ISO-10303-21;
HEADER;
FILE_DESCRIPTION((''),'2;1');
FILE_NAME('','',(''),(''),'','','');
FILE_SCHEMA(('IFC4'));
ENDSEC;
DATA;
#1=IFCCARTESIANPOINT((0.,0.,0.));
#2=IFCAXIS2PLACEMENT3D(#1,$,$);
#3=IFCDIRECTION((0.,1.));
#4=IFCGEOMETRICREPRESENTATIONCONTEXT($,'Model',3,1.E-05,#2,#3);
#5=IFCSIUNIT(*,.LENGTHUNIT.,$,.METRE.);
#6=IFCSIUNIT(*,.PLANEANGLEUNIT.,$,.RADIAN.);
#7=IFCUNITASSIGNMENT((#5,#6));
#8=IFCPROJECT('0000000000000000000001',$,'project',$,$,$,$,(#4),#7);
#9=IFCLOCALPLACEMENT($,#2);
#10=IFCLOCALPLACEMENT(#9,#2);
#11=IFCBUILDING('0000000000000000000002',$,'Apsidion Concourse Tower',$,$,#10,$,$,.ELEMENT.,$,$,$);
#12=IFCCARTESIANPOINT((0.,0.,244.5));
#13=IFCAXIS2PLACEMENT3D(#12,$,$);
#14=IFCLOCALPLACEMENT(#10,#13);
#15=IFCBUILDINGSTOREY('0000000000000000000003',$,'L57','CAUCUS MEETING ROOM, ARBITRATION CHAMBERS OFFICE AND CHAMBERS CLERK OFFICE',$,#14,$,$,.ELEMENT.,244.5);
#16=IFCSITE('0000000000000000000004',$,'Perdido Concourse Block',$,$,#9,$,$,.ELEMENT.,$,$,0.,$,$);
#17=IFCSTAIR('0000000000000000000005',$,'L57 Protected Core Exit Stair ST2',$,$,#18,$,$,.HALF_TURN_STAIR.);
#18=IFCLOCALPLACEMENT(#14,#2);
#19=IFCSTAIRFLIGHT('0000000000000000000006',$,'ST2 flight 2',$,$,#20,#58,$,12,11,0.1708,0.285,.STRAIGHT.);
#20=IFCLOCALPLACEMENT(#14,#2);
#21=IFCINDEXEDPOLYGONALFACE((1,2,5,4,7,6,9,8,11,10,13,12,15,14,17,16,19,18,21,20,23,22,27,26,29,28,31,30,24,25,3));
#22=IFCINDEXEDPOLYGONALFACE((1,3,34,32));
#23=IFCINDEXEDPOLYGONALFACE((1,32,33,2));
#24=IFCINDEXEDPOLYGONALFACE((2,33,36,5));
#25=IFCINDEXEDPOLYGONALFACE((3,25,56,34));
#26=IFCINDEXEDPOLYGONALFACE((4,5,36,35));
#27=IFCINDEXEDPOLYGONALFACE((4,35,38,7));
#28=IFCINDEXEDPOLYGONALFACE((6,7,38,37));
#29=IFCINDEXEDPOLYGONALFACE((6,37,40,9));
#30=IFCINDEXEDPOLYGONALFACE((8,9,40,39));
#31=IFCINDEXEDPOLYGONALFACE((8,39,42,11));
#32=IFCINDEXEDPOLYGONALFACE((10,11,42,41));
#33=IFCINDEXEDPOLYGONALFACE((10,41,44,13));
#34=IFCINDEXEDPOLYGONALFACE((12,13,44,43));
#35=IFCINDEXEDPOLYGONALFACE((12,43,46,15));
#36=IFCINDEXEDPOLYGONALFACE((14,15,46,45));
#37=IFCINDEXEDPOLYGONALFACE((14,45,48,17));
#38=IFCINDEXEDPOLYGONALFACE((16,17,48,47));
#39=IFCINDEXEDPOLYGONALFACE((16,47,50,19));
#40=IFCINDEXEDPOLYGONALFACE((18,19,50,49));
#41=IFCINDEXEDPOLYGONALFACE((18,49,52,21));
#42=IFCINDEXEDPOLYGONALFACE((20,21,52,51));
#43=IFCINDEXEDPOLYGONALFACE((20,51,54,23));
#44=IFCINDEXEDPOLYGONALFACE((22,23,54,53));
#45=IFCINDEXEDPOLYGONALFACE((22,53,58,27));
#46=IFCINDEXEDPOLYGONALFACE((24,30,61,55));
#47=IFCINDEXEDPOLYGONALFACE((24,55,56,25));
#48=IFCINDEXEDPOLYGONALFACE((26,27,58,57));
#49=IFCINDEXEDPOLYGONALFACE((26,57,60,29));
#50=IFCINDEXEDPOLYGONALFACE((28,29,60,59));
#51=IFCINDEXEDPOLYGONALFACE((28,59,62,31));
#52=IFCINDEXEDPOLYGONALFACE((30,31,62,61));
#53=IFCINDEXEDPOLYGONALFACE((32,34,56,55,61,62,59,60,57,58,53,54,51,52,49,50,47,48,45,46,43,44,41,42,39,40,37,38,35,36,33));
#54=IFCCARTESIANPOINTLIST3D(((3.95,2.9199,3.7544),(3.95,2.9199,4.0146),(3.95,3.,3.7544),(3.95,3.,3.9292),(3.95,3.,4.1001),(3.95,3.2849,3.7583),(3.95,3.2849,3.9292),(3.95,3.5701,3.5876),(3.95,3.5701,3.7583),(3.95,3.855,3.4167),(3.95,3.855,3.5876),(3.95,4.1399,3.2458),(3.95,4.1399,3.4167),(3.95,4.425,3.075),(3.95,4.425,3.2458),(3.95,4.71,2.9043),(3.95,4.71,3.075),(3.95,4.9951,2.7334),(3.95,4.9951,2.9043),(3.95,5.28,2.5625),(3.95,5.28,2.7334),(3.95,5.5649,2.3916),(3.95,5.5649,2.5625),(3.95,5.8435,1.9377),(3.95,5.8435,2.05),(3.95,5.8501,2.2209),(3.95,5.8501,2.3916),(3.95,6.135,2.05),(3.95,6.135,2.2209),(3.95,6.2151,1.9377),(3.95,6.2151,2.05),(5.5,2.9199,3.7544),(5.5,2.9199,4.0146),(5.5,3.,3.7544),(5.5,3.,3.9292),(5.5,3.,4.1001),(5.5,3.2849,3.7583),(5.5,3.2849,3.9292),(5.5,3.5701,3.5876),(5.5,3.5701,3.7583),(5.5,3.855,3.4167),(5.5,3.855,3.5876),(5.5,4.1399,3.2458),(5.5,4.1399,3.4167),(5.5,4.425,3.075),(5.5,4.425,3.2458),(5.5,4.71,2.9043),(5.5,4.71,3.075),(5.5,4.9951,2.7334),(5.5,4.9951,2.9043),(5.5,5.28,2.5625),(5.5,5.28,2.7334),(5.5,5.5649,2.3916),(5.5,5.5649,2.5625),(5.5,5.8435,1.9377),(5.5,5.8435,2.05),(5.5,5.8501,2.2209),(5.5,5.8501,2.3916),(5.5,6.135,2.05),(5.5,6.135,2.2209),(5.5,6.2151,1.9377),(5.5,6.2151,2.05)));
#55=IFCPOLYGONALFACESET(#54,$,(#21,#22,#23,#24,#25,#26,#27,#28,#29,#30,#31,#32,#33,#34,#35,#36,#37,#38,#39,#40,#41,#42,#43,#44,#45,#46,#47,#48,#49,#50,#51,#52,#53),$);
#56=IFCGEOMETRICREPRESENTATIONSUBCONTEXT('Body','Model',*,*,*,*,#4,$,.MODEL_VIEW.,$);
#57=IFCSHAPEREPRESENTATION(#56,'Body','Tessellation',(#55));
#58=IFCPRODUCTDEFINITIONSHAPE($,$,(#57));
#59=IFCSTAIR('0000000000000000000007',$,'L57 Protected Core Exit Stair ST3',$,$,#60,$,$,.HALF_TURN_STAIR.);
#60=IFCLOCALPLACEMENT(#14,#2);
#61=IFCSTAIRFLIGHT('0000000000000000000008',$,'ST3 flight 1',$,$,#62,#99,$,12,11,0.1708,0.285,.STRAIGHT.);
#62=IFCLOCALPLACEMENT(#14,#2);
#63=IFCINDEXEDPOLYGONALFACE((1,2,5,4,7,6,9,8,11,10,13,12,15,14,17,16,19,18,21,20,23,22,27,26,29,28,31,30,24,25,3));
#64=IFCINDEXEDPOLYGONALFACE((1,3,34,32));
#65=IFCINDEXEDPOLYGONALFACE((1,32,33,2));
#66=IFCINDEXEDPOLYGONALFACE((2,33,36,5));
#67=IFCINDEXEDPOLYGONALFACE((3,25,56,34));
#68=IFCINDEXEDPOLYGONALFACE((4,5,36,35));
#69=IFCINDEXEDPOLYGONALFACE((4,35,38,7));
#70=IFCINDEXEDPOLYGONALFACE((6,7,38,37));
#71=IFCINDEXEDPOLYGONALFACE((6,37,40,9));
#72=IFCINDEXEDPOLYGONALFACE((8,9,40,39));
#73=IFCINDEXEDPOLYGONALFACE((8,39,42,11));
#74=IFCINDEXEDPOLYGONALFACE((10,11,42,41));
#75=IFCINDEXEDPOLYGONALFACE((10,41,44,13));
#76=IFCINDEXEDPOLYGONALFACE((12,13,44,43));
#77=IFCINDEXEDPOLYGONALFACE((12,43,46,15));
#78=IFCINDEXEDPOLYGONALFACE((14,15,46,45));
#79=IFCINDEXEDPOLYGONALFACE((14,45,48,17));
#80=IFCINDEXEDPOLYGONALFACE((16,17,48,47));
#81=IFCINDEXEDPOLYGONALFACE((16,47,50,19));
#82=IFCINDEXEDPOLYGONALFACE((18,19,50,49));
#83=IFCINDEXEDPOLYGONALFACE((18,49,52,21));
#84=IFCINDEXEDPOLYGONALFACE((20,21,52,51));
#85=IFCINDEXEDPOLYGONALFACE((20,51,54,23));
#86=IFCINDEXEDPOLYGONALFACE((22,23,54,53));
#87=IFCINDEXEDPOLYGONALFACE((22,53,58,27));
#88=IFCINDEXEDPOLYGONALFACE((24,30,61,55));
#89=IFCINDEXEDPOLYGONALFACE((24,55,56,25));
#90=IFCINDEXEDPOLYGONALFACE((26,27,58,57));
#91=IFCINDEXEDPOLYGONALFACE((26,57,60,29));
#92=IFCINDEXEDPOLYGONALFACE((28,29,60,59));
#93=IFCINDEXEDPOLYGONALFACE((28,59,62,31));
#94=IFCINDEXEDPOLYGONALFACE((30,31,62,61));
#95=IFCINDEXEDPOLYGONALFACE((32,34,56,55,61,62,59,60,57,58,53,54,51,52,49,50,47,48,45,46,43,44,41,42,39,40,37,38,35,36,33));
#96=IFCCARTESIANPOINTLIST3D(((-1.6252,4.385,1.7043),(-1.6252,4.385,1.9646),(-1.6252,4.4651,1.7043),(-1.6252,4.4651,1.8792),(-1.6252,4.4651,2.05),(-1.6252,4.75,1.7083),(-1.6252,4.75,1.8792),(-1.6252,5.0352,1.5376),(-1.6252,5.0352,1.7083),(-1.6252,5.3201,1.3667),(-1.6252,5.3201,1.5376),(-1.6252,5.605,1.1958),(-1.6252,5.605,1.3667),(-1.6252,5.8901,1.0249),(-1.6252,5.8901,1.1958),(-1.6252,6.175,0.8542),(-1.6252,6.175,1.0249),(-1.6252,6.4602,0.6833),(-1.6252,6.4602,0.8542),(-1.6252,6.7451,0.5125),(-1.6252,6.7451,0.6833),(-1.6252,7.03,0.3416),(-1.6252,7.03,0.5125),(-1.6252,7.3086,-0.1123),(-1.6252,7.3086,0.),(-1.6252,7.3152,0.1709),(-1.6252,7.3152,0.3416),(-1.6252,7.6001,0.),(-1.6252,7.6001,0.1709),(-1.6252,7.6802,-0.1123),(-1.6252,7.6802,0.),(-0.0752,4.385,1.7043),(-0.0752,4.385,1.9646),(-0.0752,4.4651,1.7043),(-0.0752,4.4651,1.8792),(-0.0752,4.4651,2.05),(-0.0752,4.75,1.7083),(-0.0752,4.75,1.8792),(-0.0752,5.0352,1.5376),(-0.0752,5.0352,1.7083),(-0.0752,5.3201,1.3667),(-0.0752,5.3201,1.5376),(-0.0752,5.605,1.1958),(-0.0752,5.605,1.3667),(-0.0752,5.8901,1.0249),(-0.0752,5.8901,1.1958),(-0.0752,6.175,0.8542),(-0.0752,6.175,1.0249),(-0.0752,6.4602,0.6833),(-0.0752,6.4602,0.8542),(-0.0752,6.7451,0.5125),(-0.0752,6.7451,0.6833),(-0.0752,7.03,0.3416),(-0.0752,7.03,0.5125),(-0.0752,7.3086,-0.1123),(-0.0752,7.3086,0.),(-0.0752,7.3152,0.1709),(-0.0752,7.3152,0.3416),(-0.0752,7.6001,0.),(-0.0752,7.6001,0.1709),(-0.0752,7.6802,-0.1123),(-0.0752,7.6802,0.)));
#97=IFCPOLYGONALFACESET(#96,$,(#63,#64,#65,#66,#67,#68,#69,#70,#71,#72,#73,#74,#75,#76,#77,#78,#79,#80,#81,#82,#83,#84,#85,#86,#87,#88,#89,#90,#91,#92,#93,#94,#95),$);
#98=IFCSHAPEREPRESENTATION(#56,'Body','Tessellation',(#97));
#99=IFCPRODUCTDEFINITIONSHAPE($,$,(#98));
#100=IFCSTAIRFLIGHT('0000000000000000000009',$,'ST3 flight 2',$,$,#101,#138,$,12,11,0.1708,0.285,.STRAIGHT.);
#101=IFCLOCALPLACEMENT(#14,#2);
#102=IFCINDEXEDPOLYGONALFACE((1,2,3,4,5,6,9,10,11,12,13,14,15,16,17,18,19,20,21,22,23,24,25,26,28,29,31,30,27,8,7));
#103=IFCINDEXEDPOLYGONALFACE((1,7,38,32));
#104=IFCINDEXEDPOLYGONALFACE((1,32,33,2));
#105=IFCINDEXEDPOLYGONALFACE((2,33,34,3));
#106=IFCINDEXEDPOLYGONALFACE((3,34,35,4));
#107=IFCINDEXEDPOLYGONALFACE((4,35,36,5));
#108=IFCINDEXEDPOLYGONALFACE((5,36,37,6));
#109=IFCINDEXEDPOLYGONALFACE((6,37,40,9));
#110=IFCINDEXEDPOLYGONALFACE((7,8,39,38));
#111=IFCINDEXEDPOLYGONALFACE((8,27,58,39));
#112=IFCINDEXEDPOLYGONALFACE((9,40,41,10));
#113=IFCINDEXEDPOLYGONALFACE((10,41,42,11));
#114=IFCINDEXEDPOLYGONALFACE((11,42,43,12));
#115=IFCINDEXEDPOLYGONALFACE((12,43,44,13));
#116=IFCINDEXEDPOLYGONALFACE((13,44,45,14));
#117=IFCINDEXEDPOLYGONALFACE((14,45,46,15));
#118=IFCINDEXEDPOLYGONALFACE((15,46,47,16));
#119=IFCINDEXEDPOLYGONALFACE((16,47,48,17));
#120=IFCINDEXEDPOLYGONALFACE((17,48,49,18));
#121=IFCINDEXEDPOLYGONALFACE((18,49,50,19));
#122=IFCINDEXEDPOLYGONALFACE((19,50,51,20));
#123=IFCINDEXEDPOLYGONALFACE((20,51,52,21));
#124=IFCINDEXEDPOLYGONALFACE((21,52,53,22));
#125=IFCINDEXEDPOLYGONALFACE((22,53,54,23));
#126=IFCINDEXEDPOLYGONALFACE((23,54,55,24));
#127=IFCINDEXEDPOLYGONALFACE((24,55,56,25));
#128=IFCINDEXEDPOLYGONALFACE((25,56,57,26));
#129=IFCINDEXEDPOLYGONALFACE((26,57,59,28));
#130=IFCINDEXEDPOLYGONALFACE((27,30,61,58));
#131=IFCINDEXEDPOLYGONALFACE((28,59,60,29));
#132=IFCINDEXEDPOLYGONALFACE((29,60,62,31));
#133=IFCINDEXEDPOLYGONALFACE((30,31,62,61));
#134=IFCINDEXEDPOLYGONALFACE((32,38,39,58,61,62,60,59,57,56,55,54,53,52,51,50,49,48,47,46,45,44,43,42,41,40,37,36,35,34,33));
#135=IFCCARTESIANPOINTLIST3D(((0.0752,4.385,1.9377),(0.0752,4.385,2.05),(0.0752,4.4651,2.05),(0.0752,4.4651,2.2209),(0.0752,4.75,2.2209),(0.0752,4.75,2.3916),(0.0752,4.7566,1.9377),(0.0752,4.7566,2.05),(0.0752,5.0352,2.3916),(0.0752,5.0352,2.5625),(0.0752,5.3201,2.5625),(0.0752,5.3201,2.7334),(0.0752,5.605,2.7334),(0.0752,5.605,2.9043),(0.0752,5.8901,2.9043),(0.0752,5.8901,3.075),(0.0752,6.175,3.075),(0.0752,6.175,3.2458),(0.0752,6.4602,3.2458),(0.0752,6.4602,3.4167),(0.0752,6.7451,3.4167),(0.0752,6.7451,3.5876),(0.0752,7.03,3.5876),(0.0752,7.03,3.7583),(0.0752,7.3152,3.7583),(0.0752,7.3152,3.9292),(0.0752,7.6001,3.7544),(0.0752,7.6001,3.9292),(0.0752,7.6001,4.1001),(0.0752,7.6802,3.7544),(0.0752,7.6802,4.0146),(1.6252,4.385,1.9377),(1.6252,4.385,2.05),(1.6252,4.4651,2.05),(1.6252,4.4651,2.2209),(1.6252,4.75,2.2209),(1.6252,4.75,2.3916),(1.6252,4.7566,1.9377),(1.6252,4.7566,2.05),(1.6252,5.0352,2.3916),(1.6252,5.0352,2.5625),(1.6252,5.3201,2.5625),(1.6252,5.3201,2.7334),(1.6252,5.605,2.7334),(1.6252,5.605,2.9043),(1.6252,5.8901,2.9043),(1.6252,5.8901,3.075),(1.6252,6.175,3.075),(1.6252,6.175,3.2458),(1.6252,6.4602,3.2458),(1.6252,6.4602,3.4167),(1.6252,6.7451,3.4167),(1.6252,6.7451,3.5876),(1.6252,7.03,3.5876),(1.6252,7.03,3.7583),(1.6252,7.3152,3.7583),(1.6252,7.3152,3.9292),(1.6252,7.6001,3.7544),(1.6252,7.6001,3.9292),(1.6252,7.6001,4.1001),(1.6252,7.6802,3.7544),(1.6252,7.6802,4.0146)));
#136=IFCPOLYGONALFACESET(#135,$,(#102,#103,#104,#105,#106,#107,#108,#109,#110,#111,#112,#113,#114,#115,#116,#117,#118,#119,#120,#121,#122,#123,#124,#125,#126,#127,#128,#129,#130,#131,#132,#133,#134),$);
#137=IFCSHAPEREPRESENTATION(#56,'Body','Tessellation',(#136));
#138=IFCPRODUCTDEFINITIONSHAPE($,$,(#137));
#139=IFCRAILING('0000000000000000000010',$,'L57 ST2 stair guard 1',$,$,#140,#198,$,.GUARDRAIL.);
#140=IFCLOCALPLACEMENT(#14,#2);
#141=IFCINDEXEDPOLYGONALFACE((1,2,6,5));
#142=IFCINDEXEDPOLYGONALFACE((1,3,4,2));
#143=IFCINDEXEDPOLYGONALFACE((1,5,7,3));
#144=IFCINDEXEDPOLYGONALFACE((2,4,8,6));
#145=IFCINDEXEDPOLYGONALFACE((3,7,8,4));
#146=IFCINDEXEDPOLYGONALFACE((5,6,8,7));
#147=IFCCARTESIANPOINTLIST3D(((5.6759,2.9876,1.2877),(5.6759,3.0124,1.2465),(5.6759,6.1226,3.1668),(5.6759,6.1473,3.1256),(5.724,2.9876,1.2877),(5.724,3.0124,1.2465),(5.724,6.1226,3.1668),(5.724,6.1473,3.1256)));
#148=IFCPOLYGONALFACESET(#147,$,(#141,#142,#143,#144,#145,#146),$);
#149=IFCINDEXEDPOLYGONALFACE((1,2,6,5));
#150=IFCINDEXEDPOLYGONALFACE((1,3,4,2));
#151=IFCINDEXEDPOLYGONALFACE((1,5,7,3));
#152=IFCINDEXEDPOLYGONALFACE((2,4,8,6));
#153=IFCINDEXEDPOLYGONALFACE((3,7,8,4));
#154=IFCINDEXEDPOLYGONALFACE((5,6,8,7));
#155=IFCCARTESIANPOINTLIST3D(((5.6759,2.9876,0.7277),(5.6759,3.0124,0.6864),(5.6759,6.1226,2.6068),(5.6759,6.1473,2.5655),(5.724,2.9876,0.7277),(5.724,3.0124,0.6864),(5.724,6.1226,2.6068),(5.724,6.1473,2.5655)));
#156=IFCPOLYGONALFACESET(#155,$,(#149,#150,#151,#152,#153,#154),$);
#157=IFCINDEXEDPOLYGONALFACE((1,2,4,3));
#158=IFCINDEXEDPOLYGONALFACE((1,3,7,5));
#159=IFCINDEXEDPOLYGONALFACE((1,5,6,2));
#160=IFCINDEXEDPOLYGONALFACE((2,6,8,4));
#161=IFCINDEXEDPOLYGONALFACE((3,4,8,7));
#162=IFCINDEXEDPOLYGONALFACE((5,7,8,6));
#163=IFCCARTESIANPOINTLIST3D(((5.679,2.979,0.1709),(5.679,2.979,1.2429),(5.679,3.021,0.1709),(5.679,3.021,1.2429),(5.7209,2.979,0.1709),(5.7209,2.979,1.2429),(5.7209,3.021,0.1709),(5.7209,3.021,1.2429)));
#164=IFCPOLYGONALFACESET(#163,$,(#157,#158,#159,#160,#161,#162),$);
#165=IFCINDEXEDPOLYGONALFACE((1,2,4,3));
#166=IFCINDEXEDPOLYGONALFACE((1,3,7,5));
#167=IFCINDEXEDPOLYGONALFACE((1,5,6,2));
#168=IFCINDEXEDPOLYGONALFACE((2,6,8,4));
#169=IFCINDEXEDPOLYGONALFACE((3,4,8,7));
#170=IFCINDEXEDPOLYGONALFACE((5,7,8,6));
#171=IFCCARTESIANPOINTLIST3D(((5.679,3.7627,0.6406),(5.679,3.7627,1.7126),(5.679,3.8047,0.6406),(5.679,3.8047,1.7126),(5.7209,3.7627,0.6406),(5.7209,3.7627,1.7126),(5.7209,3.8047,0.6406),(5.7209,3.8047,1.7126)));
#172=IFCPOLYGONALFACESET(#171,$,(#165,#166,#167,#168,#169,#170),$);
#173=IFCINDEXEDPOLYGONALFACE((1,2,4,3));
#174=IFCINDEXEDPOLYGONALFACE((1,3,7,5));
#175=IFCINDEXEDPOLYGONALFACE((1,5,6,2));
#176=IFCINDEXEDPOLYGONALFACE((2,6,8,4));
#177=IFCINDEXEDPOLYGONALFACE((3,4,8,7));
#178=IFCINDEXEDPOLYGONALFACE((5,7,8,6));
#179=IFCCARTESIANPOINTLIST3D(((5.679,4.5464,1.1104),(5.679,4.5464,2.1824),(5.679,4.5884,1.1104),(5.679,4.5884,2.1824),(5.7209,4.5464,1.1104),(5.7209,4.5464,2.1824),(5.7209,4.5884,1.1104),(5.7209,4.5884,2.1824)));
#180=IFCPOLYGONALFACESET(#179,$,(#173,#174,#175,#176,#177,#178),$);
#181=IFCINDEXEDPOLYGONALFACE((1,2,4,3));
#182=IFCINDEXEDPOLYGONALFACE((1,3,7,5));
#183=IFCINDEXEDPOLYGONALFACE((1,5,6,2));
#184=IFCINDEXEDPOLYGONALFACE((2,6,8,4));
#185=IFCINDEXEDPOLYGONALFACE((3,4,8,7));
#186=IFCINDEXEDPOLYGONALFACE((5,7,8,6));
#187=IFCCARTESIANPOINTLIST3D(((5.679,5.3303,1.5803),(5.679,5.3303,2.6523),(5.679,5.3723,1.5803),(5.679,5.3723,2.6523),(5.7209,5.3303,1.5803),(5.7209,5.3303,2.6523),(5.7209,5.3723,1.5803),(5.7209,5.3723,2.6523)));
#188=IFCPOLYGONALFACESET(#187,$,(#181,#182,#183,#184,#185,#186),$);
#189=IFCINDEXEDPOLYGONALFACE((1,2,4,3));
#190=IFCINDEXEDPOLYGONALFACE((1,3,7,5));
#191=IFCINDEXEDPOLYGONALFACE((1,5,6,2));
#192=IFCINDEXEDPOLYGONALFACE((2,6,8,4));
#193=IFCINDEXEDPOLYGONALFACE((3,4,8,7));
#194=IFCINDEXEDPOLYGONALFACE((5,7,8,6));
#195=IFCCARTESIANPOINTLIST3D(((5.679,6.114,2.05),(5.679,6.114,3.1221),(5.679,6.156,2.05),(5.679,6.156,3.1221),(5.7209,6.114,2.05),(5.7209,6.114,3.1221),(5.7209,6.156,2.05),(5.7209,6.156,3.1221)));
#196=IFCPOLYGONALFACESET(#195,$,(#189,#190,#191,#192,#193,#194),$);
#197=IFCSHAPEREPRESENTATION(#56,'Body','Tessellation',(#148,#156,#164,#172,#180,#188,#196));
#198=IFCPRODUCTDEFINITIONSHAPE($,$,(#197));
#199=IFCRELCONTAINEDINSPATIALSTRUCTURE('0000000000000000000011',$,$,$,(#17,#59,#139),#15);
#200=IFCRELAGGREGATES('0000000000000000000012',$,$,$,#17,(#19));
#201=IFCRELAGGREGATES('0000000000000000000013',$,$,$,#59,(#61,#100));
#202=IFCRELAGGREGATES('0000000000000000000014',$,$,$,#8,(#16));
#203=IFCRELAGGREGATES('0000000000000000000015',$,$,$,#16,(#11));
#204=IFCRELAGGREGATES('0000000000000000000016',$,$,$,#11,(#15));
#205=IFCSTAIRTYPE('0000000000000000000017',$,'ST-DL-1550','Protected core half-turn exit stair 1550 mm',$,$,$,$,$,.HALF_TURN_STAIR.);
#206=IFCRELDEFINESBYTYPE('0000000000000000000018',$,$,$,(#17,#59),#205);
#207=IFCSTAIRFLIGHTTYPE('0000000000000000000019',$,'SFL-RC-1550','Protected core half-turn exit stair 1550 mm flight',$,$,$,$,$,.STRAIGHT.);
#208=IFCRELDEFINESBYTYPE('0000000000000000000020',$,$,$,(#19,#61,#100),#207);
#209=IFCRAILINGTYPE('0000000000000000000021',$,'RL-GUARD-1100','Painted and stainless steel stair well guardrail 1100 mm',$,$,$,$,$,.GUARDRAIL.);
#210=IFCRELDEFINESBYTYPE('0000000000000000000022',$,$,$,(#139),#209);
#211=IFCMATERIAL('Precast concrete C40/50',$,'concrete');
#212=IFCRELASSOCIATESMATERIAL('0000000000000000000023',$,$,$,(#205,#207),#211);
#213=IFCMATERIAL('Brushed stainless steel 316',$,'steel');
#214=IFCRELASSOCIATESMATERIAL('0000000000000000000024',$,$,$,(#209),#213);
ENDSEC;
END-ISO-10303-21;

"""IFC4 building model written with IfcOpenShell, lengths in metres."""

from ifc_helpers import new_model, si_unit, direction, frame, origin, origin_2d, place, context, subcontext, project, spatial, polyline, rectangle, outline, extrude, material, type_object, element, aggregate, save


model = new_model("IFC4")

# Units and contexts
model_context = context("Model", 3, precision=1e-05, world=origin(), true_north=direction((0.0, 1.0)))
body_context = subcontext(model_context, "Body", "Model", "MODEL_VIEW")
ifc_project = project(units=[si_unit("LENGTHUNIT", "METRE"), si_unit("PLANEANGLEUNIT", "RADIAN")], contexts=[model_context])

# Site, building, storey
site_placement = place(None, origin())
site = spatial("IfcSite", under=ifc_project, at=site_placement, Name="Perdido Concourse Block", CompositionType="ELEMENT", RefElevation=0.0)
building_placement = place(site_placement, origin())
building = spatial("IfcBuilding", under=site, at=building_placement, Name="Apsidion Concourse Tower", CompositionType="ELEMENT")
storey_placement = place(building_placement, frame((0.0, 0.0, 244.5)))
storey = spatial("IfcBuildingStorey", under=building, at=storey_placement, Name="L57", Description="CAUCUS MEETING ROOM, ARBITRATION CHAMBERS OFFICE AND CHAMBERS CLERK OFFICE", CompositionType="ELEMENT", Elevation=244.5)

# Stairs, stair flights
ifc_material_1 = material(Name="Precast concrete C40/50", Category="concrete")
stair_type = type_object("IfcStairType", Name="ST-DL-1550", Description="Protected core half-turn exit stair 1550 mm", PredefinedType="HALF_TURN_STAIR", material=ifc_material_1)
stair_1_placement = place(storey_placement, origin())
stair_1 = element("IfcStair", 1, at=stair_1_placement, inside=storey, type_object=stair_type, Name="L57 Protected Core Exit Stair ST2", PredefinedType="HALF_TURN_STAIR")
stair_flight_type = type_object("IfcStairFlightType", Name="SFL-RC-1550", Description="Protected core half-turn exit stair 1550 mm flight", PredefinedType="STRAIGHT", material=ifc_material_1)
stair_flight_1_placement = place(storey_placement, frame((4.7251, 6.135, 2.05), z_axis=(0.0, 0.0, 1.0), x_axis=(0.0, -1.0, 0.0)))
stair_flight_1 = element("IfcStairFlight", 2, at=stair_flight_1_placement, type_object=stair_flight_type, Name="ST2 flight 2", NumberOfRisers=12, NumberOfTreads=11, PredefinedType="STRAIGHT", RiserHeight=0.1708, TreadLength=0.285, context=body_context, shape_type="SweptSolid", body=[
    extrude(outline(polyline([(-0.0801, -0.1123), (-0.0801, 0.0), (0.0, 0.0), (0.0, 0.1709), (0.2849, 0.1709), (0.2849, 0.3416), (0.5701, 0.3416), (0.5701, 0.5125), (0.855, 0.5125), (0.855, 0.6833), (1.1399, 0.6833), (1.1399, 0.8542), (1.425, 0.8542), (1.425, 1.0249), (1.71, 1.0249), (1.71, 1.1958), (1.9951, 1.1958), (1.9951, 1.3667), (2.28, 1.3667), (2.28, 1.5376), (2.5649, 1.5376), (2.5649, 1.7083), (2.8501, 1.7083), (2.8501, 1.8792), (3.135, 1.8792), (3.135, 2.05), (3.2151, 1.9646), (3.2151, 1.7043), (3.135, 1.7043), (0.2915, 0.0), (0.2915, -0.1123), (-0.0801, -0.1123)])), frame((0.0, 0.7749, 0.0), z_axis=(0.0, -1.0, 0.0), x_axis=(1.0, 0.0, 0.0)), (0.0, 0.0, 1.0), 1.55),
])
aggregate(stair_1, [stair_flight_1])
stair_2_placement = place(storey_placement, origin())
stair_2 = element("IfcStair", 3, at=stair_2_placement, inside=storey, type_object=stair_type, Name="L57 Protected Core Exit Stair ST3", PredefinedType="HALF_TURN_STAIR")
stair_flight_2_placement = place(storey_placement, frame((-0.8501, 7.6001, 0.0), z_axis=(0.0, 0.0, 1.0), x_axis=(0.0, -1.0, 0.0)))
stair_flight_2 = element("IfcStairFlight", 4, at=stair_flight_2_placement, type_object=stair_flight_type, Name="ST3 flight 1", NumberOfRisers=12, NumberOfTreads=11, PredefinedType="STRAIGHT", RiserHeight=0.1708, TreadLength=0.285, context=body_context, shape_type="SweptSolid", body=[
    extrude(outline(polyline([(-0.0801, -0.1123), (-0.0801, 0.0), (0.0, 0.0), (0.0, 0.1709), (0.2849, 0.1709), (0.2849, 0.3416), (0.5701, 0.3416), (0.5701, 0.5125), (0.855, 0.5125), (0.855, 0.6833), (1.1399, 0.6833), (1.1399, 0.8542), (1.425, 0.8542), (1.425, 1.0249), (1.71, 1.0249), (1.71, 1.1958), (1.9951, 1.1958), (1.9951, 1.3667), (2.28, 1.3667), (2.28, 1.5376), (2.5649, 1.5376), (2.5649, 1.7083), (2.8501, 1.7083), (2.8501, 1.8792), (3.135, 1.8792), (3.135, 2.05), (3.2151, 1.9646), (3.2151, 1.7043), (3.135, 1.7043), (0.2915, 0.0), (0.2915, -0.1123), (-0.0801, -0.1123)])), frame((0.0, 0.7749, 0.0), z_axis=(0.0, -1.0, 0.0), x_axis=(1.0, 0.0, 0.0)), (0.0, 0.0, 1.0), 1.55),
])
stair_flight_3_placement = place(storey_placement, frame((0.8501, 4.4651, 2.05), z_axis=(0.0, 0.0, 1.0), x_axis=(0.0, 1.0, 0.0)))
stair_flight_3 = element("IfcStairFlight", 5, at=stair_flight_3_placement, type_object=stair_flight_type, Name="ST3 flight 2", NumberOfRisers=12, NumberOfTreads=11, PredefinedType="STRAIGHT", RiserHeight=0.1708, TreadLength=0.285, context=body_context, shape_type="SweptSolid", body=[
    extrude(outline(polyline([(-0.0801, -0.1123), (-0.0801, 0.0), (0.0, 0.0), (0.0, 0.1709), (0.2849, 0.1709), (0.2849, 0.3416), (0.5701, 0.3416), (0.5701, 0.5125), (0.855, 0.5125), (0.855, 0.6833), (1.1399, 0.6833), (1.1399, 0.8542), (1.425, 0.8542), (1.425, 1.0249), (1.71, 1.0249), (1.71, 1.1958), (1.9951, 1.1958), (1.9951, 1.3667), (2.28, 1.3667), (2.28, 1.5376), (2.5649, 1.5376), (2.5649, 1.7083), (2.8501, 1.7083), (2.8501, 1.8792), (3.135, 1.8792), (3.135, 2.05), (3.2151, 1.9646), (3.2151, 1.7043), (3.135, 1.7043), (0.2915, 0.0), (0.2915, -0.1123), (-0.0801, -0.1123)])), frame((0.0, 0.7749, 0.0), z_axis=(0.0, -1.0, 0.0), x_axis=(1.0, 0.0, 0.0)), (0.0, 0.0, 1.0), 1.55),
])
aggregate(stair_2, [stair_flight_2, stair_flight_3])

# Railing
ifc_material_2 = material(Name="Brushed stainless steel 316", Category="steel")
railing_type_1 = type_object("IfcRailingType", Name="RL-GUARD-1100", Description="Painted and stainless steel stair well guardrail 1100 mm", PredefinedType="GUARDRAIL", material=ifc_material_2)
railing_1_placement = place(storey_placement, frame((5.7, 3.0, 0.1709)))
element("IfcRailing", 6, at=railing_1_placement, inside=storey, type_object=railing_type_1, Name="L57 ST2 stair guard 1", PredefinedType="GUARDRAIL", context=body_context, shape_type="SweptSolid", body=[
    extrude(rectangle(XDim=0.0481, YDim=0.0481, at=origin_2d()), frame((0.0, 0.0, 1.0962), z_axis=(0.0, 0.857717, 0.514122), x_axis=(-1.0, 0.0, 0.0)), (0.0, 0.0, 1.0), 3.655),
    extrude(rectangle(XDim=0.0481, YDim=0.0481, at=origin_2d()), frame((0.0, 0.0, 0.5361), z_axis=(0.0, 0.857717, 0.514122), x_axis=(-1.0, 0.0, 0.0)), (0.0, 0.0, 1.0), 3.655),
    extrude(rectangle(XDim=0.042, YDim=0.042, at=origin_2d()), origin(), (0.0, 0.0, 1.0), 1.072),
    extrude(rectangle(XDim=0.042, YDim=0.042, at=origin_2d()), frame((0.0, 0.7837, 0.4697)), (0.0, 0.0, 1.0), 1.072),
    extrude(rectangle(XDim=0.042, YDim=0.042, at=origin_2d()), frame((0.0, 1.5674, 0.9395)), (0.0, 0.0, 1.0), 1.072),
    extrude(rectangle(XDim=0.042, YDim=0.042, at=origin_2d()), frame((0.0, 2.3513, 1.4094)), (0.0, 0.0, 1.0), 1.072),
    extrude(rectangle(XDim=0.042, YDim=0.042, at=origin_2d()), frame((0.0, 3.135, 1.8792)), (0.0, 0.0, 1.0), 1.072),
])

save(model, "model.ifc")
